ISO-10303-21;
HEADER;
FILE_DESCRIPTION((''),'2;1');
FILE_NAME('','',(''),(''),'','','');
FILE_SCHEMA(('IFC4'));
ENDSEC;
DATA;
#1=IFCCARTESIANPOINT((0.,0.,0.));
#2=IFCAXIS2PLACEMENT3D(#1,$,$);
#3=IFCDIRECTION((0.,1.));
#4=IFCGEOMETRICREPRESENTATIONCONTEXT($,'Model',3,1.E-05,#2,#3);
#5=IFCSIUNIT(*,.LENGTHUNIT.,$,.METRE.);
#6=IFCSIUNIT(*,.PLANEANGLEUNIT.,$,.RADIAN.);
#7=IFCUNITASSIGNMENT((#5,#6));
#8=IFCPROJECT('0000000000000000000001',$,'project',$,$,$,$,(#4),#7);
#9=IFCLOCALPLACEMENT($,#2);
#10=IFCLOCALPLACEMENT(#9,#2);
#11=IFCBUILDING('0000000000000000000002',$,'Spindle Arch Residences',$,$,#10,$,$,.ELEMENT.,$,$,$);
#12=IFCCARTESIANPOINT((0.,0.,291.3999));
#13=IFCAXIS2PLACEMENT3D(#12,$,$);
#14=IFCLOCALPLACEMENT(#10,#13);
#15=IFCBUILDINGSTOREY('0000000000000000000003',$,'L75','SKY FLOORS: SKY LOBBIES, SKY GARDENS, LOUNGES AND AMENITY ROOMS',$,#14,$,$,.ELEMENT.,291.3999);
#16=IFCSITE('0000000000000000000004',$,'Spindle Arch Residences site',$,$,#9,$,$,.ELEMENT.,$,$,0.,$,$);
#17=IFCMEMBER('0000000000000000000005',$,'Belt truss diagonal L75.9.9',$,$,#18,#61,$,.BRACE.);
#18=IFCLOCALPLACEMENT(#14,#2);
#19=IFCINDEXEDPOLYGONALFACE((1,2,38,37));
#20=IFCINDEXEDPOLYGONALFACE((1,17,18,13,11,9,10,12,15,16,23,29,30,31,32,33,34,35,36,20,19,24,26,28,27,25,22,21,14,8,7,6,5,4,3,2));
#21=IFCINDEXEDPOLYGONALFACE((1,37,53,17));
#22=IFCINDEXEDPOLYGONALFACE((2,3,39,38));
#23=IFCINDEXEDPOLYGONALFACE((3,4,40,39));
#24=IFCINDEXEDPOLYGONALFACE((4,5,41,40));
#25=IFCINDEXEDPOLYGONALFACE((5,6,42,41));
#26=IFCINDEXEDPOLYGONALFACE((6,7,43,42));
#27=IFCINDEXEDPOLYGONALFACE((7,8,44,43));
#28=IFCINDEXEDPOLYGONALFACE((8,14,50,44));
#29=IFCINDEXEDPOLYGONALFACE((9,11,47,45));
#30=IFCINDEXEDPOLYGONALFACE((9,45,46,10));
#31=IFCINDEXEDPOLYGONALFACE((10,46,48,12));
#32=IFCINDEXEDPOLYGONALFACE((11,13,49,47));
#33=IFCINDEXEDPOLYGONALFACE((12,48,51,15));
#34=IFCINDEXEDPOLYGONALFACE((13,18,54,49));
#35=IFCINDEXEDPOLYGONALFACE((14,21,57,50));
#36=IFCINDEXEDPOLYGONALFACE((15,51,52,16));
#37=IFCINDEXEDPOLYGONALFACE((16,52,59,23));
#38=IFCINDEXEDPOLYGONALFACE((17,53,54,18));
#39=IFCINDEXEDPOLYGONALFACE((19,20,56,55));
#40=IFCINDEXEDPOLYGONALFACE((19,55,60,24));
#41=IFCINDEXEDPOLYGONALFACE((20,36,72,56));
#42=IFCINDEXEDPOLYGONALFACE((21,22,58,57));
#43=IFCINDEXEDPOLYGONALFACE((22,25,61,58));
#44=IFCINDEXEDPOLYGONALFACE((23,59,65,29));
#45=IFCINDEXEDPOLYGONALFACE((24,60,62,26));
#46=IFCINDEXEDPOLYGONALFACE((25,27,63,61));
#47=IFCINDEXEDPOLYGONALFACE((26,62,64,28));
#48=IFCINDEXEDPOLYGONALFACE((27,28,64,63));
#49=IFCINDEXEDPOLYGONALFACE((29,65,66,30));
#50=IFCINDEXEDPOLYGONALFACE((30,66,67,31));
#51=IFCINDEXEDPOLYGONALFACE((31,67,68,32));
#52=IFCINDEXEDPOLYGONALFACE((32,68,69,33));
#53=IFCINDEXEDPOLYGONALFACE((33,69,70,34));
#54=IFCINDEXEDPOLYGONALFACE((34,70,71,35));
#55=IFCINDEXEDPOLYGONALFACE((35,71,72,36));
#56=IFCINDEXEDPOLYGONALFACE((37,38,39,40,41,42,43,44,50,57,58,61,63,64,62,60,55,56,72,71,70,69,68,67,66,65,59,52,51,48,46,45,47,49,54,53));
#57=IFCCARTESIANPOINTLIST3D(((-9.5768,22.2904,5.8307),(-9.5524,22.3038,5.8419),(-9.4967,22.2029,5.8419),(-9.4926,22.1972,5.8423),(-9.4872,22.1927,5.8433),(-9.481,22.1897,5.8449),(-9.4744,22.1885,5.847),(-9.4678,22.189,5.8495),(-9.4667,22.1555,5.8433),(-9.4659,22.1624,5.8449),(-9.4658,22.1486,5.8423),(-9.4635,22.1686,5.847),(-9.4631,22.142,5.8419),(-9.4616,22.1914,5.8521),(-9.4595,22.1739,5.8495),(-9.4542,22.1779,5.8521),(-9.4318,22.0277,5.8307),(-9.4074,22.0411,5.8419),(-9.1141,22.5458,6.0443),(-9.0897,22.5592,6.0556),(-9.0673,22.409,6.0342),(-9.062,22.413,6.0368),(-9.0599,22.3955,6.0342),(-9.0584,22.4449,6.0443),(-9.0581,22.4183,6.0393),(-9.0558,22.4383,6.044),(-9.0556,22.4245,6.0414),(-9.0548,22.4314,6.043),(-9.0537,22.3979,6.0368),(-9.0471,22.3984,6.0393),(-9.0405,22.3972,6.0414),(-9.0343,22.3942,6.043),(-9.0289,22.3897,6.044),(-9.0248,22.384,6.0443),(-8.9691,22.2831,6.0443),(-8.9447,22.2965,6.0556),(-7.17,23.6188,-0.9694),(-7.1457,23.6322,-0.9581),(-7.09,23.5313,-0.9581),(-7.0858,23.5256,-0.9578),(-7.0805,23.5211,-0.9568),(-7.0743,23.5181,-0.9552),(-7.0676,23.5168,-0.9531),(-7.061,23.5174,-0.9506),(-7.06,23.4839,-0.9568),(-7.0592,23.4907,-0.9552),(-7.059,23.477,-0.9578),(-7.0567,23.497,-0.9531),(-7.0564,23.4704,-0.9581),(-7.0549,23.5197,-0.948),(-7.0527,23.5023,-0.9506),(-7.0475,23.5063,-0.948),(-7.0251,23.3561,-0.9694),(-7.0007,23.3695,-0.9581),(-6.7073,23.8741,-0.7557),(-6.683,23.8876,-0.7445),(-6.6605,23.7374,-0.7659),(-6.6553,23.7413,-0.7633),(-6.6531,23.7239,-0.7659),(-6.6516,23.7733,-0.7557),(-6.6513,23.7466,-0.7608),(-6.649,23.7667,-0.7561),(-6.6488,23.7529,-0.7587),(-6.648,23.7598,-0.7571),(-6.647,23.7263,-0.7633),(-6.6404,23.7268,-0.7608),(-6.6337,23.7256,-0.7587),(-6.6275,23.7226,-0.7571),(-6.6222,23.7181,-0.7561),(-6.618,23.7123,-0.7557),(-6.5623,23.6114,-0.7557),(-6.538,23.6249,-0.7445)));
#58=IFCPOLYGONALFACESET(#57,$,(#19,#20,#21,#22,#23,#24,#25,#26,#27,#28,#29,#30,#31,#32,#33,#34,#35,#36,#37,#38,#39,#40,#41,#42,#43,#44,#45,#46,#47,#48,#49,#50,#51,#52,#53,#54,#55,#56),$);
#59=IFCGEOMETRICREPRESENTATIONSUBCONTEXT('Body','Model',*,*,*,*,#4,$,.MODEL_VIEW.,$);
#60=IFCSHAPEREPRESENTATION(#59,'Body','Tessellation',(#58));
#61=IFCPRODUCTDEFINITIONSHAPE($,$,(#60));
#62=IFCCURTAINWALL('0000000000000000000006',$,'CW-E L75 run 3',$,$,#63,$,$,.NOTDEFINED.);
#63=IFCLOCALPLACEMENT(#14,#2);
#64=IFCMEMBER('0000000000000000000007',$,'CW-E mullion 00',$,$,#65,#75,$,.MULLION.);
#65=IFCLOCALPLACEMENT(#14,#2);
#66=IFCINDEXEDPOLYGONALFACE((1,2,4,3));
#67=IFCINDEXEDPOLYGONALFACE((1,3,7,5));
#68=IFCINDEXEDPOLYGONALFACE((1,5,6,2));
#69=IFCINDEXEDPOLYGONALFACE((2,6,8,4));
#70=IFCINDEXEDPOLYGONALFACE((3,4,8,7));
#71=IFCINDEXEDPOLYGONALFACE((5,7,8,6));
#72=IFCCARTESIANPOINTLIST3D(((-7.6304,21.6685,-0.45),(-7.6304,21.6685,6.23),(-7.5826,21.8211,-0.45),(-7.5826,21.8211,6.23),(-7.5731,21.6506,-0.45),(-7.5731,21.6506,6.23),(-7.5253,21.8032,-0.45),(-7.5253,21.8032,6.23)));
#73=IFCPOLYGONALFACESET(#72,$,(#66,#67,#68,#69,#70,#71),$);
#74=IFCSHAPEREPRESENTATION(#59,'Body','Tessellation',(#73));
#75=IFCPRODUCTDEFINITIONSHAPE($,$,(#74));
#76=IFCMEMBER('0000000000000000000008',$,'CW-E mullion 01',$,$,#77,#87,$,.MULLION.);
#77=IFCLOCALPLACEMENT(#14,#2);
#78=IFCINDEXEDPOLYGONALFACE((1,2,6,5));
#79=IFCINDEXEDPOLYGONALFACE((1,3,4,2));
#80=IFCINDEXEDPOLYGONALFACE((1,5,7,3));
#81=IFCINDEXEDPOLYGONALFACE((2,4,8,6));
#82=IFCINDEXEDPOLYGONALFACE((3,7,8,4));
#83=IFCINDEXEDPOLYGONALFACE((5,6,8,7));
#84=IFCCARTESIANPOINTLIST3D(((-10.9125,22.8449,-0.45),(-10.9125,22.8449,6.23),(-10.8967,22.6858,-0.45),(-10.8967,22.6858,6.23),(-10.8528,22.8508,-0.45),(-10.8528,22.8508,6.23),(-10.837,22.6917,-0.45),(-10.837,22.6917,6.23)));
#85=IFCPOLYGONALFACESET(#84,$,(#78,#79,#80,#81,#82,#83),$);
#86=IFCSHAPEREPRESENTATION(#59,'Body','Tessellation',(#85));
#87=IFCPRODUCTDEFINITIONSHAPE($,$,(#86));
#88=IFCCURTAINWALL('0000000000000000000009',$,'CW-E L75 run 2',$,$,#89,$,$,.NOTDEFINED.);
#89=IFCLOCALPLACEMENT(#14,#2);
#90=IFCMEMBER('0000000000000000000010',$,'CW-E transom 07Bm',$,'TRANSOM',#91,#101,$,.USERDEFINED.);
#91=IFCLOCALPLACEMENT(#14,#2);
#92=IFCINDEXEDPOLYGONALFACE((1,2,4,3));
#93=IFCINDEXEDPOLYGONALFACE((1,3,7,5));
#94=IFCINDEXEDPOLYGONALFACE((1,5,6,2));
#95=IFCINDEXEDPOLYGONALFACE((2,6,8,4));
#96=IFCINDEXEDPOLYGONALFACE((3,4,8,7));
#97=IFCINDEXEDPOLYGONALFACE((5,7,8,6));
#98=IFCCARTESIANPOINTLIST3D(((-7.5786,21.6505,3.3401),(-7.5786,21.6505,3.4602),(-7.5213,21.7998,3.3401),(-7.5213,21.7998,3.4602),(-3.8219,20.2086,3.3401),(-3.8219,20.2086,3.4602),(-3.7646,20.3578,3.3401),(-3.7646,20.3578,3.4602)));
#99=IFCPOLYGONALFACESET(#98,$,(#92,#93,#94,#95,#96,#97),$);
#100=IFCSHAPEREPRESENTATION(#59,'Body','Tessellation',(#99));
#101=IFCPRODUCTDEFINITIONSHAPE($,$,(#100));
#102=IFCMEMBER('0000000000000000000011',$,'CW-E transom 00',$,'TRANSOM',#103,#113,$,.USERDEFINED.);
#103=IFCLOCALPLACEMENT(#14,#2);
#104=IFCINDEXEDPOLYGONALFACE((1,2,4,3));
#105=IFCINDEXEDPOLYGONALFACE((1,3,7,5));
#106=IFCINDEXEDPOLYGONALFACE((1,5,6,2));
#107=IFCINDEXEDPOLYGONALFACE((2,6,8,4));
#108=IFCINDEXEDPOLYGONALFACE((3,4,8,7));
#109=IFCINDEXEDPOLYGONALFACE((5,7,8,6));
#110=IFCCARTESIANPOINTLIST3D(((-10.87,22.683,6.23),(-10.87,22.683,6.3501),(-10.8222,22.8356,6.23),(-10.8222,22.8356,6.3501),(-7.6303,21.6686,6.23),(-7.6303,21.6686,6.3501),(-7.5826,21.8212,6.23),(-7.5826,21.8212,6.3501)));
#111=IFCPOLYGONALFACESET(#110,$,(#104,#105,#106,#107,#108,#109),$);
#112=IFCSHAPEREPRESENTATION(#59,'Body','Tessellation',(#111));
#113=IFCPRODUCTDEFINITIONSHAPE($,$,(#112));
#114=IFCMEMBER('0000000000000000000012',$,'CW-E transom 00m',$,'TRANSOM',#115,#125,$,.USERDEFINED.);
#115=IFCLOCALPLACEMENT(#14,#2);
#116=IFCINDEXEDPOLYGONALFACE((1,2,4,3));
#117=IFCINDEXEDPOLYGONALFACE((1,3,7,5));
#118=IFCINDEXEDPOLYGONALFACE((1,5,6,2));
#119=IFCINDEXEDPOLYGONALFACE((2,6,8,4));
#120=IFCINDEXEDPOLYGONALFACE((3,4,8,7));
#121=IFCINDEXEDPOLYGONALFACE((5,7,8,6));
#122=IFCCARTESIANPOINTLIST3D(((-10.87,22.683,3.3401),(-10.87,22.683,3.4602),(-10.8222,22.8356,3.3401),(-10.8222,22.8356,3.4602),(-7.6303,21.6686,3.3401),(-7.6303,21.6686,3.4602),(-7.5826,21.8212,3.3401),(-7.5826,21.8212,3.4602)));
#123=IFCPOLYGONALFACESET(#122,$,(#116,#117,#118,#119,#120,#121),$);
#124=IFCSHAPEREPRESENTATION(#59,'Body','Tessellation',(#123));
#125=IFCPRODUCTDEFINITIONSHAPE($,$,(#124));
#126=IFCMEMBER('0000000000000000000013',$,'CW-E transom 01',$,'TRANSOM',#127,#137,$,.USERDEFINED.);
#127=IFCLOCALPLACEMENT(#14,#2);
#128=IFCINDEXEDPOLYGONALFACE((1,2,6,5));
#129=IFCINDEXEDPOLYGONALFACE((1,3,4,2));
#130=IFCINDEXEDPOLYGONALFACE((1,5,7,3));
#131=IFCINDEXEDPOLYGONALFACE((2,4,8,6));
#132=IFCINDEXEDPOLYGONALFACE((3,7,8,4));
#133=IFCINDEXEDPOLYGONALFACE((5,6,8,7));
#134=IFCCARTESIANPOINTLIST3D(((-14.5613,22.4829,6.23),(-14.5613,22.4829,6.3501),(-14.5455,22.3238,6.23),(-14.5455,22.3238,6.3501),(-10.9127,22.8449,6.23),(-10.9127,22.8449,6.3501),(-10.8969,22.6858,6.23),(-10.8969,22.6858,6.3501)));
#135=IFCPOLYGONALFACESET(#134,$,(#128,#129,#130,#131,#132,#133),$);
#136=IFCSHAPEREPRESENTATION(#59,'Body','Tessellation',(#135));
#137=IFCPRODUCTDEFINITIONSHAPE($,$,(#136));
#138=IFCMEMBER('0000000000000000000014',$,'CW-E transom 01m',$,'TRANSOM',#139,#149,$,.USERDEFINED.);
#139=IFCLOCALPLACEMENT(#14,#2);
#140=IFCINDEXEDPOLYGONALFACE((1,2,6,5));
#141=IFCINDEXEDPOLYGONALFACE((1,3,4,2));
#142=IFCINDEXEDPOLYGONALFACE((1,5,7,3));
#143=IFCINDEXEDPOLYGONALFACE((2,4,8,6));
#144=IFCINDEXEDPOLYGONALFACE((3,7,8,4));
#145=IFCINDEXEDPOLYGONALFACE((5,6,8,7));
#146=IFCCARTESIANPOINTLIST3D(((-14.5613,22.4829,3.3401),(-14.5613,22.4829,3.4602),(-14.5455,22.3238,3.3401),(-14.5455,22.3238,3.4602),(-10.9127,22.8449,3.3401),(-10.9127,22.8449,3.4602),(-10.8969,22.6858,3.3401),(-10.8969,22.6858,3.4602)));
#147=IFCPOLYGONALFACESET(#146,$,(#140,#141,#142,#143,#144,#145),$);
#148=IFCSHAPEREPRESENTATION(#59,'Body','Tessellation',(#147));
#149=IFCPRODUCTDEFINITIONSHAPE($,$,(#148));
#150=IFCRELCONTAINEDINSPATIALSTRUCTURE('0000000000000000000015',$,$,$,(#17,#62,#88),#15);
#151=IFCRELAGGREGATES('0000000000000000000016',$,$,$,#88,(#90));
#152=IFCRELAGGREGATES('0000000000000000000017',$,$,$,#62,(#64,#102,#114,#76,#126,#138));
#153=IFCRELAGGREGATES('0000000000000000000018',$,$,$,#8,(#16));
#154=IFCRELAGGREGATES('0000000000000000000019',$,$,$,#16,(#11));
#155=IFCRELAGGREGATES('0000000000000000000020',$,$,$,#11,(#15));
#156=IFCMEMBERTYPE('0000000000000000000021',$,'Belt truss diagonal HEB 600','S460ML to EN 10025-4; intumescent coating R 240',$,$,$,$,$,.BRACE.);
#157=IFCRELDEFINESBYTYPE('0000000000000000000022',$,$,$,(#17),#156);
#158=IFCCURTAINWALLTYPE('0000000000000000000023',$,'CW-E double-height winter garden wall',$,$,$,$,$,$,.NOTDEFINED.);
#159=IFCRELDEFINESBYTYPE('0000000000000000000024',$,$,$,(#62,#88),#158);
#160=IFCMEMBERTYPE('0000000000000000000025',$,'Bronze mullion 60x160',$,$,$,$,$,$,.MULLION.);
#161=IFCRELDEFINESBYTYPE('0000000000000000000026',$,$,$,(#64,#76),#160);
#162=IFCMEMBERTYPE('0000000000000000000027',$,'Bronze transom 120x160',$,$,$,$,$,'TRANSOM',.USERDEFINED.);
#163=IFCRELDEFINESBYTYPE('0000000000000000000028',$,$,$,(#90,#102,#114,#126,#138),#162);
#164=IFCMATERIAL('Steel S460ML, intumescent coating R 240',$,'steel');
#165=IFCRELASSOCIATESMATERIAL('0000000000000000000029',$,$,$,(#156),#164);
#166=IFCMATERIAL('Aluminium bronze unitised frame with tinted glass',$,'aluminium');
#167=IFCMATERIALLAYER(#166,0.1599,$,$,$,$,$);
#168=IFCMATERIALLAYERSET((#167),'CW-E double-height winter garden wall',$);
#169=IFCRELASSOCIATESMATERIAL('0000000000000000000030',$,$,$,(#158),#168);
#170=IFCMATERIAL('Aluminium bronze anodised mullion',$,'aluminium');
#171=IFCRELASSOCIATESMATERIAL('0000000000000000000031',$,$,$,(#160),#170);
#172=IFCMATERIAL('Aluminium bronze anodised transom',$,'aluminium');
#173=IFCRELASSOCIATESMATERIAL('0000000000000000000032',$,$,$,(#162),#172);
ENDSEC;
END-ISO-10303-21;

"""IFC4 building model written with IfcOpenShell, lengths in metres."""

from ifc_helpers import new_model, si_unit, direction, frame, origin, origin_2d, place, context, subcontext, project, spatial, rectangle, i_section, extrude, material, layer, layer_set, material_profile, profile_set, type_object, element, aggregate, save


model = new_model("IFC4")

# Units and contexts
model_context = context("Model", 3, precision=1e-05, world=origin(), true_north=direction((0.0, 1.0)))
body_context = subcontext(model_context, "Body", "Model", "MODEL_VIEW")
ifc_project = project(units=[si_unit("LENGTHUNIT", "METRE"), si_unit("PLANEANGLEUNIT", "RADIAN")], contexts=[model_context])

# Site, building, storey
site_placement = place(None, origin())
site = spatial("IfcSite", under=ifc_project, at=site_placement, Name="Spindle Arch Residences site", CompositionType="ELEMENT", RefElevation=0.0)
building_placement = place(site_placement, origin())
building = spatial("IfcBuilding", under=site, at=building_placement, Name="Spindle Arch Residences", CompositionType="ELEMENT")
storey_placement = place(building_placement, frame((0.0, 0.0, 291.3999)))
storey = spatial("IfcBuildingStorey", under=building, at=storey_placement, Name="L75", Description="SKY FLOORS: SKY LOBBIES, SKY GARDENS, LOUNGES AND AMENITY ROOMS", CompositionType="ELEMENT", Elevation=291.3999)

# Member
ifc_material_1 = material(Name="Steel S460ML, intumescent coating R 240", Category="steel")
ifc_material_profile_1 = material_profile(ifc_material_1, i_section(OverallWidth=0.3, OverallDepth=0.6001, WebThickness=0.0154, FlangeThickness=0.03, FilletRadius=0.0271, at=origin_2d()), Name="HEB 600")
ifc_profile_set_1 = profile_set([ifc_material_profile_1], Name="Steel S460ML, intumescent coating R 240")
member_type_1 = type_object("IfcMemberType", Name="Belt truss diagonal HEB 600", Description="S460ML to EN 10025-4; intumescent coating R 240", PredefinedType="BRACE", material=ifc_profile_set_1)
member_1_placement = place(storey_placement, frame((-6.854, 23.6218, -0.8569), z_axis=(-0.328131, -0.181108, 0.927108), x_axis=(0.483221, -0.875499, 0.0)))
element("IfcMember", 1, at=member_1_placement, inside=storey, type_object=member_type_1, Name="Belt truss diagonal L75.9.9", PredefinedType="BRACE", context=body_context, shape_type="SweptSolid", body=[
    extrude(i_section(OverallWidth=0.3, OverallDepth=0.6001, WebThickness=0.0154, FlangeThickness=0.03, FilletRadius=0.0271, at=origin_2d()), origin(), (0.0, 0.0, 1.0), 7.3347),
])

# Curtain wall, members
ifc_material_2 = material(Name="Aluminium bronze unitised frame with tinted glass", Category="aluminium")
ifc_layer_1 = layer(ifc_material_2, 0.1599)
ifc_layer_set_1 = layer_set([ifc_layer_1], Name="CW-E double-height winter garden wall")
curtain_wall_type = type_object("IfcCurtainWallType", Name="CW-E double-height winter garden wall", PredefinedType="NOTDEFINED", material=ifc_layer_set_1)
curtain_wall_1_placement = place(storey_placement, origin())
curtain_wall_1 = element("IfcCurtainWall", 2, at=curtain_wall_1_placement, inside=storey, type_object=curtain_wall_type, Name="CW-E L75 run 3", PredefinedType="NOTDEFINED")
ifc_material_3 = material(Name="Aluminium bronze anodised mullion", Category="aluminium")
ifc_material_profile_2 = material_profile(ifc_material_3, rectangle(XDim=0.1599, YDim=0.0601, at=origin_2d()), Name="MU 60x160")
ifc_profile_set_2 = profile_set([ifc_material_profile_2], Name="Aluminium bronze anodised mullion")
member_type_2 = type_object("IfcMemberType", Name="Bronze mullion 60x160", PredefinedType="MULLION", material=ifc_profile_set_2)
member_2_placement = place(storey_placement, frame((-7.5779, 21.7358, -0.45), z_axis=(0.0, 0.0, 1.0), x_axis=(-0.298803, -0.954315, 0.0)))
member_2 = element("IfcMember", 3, at=member_2_placement, type_object=member_type_2, Name="CW-E mullion 00", PredefinedType="MULLION", context=body_context, shape_type="SweptSolid", body=[
    extrude(rectangle(XDim=0.1599, YDim=0.0601, at=origin_2d()), origin(), (0.0, 0.0, 1.0), 6.6799),
])
member_3_placement = place(storey_placement, frame((-10.8748, 22.7683, -0.45), z_axis=(0.0, 0.0, 1.0), x_axis=(0.098741, -0.995113, 0.0)))
member_3 = element("IfcMember", 4, at=member_3_placement, type_object=member_type_2, Name="CW-E mullion 01", PredefinedType="MULLION", context=body_context, shape_type="SweptSolid", body=[
    extrude(rectangle(XDim=0.1599, YDim=0.0601, at=origin_2d()), origin(), (0.0, 0.0, 1.0), 6.6799),
])

# Curtain wall, member
curtain_wall_2_placement = place(storey_placement, origin())
curtain_wall_2 = element("IfcCurtainWall", 5, at=curtain_wall_2_placement, inside=storey, type_object=curtain_wall_type, Name="CW-E L75 run 2", PredefinedType="NOTDEFINED")
ifc_material_4 = material(Name="Aluminium bronze anodised transom", Category="aluminium")
ifc_material_profile_3 = material_profile(ifc_material_4, rectangle(XDim=0.1599, YDim=0.1201, at=origin_2d()), Name="TR 120x160")
ifc_profile_set_3 = profile_set([ifc_material_profile_3], Name="Aluminium bronze anodised transom")
member_type_3 = type_object("IfcMemberType", Name="Bronze transom 120x160", ElementType="TRANSOM", PredefinedType="USERDEFINED", material=ifc_profile_set_3)
member_4_placement = place(storey_placement, frame((-3.7932, 20.2832, 3.4001), z_axis=(-0.933591, 0.358341, 0.0), x_axis=(-0.358341, -0.933591, 0.0)))
member_4 = element("IfcMember", 6, at=member_4_placement, type_object=member_type_3, Name="CW-E transom 07Bm", ObjectType="TRANSOM", PredefinedType="USERDEFINED", context=body_context, shape_type="SweptSolid", body=[
    extrude(rectangle(XDim=0.1599, YDim=0.1201, at=origin_2d()), origin(), (0.0, 0.0, 1.0), 4.0239),
])

# Members
member_5_placement = place(storey_placement, frame((-7.6064, 21.7449, 6.29), z_axis=(-0.954313, 0.298807, 0.0), x_axis=(-0.298807, -0.954313, 0.0)))
member_5 = element("IfcMember", 7, at=member_5_placement, type_object=member_type_3, Name="CW-E transom 00", ObjectType="TRANSOM", PredefinedType="USERDEFINED", context=body_context, shape_type="SweptSolid", body=[
    extrude(rectangle(XDim=0.1599, YDim=0.1201, at=origin_2d()), origin(), (0.0, 0.0, 1.0), 3.3948),
])
member_6_placement = place(storey_placement, frame((-7.6064, 21.7449, 3.4001), z_axis=(-0.954313, 0.298807, 0.0), x_axis=(-0.298807, -0.954313, 0.0)))
member_6 = element("IfcMember", 8, at=member_6_placement, type_object=member_type_3, Name="CW-E transom 00m", ObjectType="TRANSOM", PredefinedType="USERDEFINED", context=body_context, shape_type="SweptSolid", body=[
    extrude(rectangle(XDim=0.1599, YDim=0.1201, at=origin_2d()), origin(), (0.0, 0.0, 1.0), 3.3948),
])
member_7_placement = place(storey_placement, frame((-10.9048, 22.7654, 6.29), z_axis=(-0.995113, -0.098746, 0.0), x_axis=(0.098746, -0.995113, 0.0)))
member_7 = element("IfcMember", 9, at=member_7_placement, type_object=member_type_3, Name="CW-E transom 01", ObjectType="TRANSOM", PredefinedType="USERDEFINED", context=body_context, shape_type="SweptSolid", body=[
    extrude(rectangle(XDim=0.1599, YDim=0.1201, at=origin_2d()), origin(), (0.0, 0.0, 1.0), 3.6665),
])
member_8_placement = place(storey_placement, frame((-10.9048, 22.7654, 3.4001), z_axis=(-0.995113, -0.098746, 0.0), x_axis=(0.098746, -0.995113, 0.0)))
member_8 = element("IfcMember", 10, at=member_8_placement, type_object=member_type_3, Name="CW-E transom 01m", ObjectType="TRANSOM", PredefinedType="USERDEFINED", context=body_context, shape_type="SweptSolid", body=[
    extrude(rectangle(XDim=0.1599, YDim=0.1201, at=origin_2d()), origin(), (0.0, 0.0, 1.0), 3.6665),
])

aggregate(curtain_wall_2, [member_4])
aggregate(curtain_wall_1, [member_2, member_5, member_6, member_3, member_7, member_8])

save(model, "model.ifc")
